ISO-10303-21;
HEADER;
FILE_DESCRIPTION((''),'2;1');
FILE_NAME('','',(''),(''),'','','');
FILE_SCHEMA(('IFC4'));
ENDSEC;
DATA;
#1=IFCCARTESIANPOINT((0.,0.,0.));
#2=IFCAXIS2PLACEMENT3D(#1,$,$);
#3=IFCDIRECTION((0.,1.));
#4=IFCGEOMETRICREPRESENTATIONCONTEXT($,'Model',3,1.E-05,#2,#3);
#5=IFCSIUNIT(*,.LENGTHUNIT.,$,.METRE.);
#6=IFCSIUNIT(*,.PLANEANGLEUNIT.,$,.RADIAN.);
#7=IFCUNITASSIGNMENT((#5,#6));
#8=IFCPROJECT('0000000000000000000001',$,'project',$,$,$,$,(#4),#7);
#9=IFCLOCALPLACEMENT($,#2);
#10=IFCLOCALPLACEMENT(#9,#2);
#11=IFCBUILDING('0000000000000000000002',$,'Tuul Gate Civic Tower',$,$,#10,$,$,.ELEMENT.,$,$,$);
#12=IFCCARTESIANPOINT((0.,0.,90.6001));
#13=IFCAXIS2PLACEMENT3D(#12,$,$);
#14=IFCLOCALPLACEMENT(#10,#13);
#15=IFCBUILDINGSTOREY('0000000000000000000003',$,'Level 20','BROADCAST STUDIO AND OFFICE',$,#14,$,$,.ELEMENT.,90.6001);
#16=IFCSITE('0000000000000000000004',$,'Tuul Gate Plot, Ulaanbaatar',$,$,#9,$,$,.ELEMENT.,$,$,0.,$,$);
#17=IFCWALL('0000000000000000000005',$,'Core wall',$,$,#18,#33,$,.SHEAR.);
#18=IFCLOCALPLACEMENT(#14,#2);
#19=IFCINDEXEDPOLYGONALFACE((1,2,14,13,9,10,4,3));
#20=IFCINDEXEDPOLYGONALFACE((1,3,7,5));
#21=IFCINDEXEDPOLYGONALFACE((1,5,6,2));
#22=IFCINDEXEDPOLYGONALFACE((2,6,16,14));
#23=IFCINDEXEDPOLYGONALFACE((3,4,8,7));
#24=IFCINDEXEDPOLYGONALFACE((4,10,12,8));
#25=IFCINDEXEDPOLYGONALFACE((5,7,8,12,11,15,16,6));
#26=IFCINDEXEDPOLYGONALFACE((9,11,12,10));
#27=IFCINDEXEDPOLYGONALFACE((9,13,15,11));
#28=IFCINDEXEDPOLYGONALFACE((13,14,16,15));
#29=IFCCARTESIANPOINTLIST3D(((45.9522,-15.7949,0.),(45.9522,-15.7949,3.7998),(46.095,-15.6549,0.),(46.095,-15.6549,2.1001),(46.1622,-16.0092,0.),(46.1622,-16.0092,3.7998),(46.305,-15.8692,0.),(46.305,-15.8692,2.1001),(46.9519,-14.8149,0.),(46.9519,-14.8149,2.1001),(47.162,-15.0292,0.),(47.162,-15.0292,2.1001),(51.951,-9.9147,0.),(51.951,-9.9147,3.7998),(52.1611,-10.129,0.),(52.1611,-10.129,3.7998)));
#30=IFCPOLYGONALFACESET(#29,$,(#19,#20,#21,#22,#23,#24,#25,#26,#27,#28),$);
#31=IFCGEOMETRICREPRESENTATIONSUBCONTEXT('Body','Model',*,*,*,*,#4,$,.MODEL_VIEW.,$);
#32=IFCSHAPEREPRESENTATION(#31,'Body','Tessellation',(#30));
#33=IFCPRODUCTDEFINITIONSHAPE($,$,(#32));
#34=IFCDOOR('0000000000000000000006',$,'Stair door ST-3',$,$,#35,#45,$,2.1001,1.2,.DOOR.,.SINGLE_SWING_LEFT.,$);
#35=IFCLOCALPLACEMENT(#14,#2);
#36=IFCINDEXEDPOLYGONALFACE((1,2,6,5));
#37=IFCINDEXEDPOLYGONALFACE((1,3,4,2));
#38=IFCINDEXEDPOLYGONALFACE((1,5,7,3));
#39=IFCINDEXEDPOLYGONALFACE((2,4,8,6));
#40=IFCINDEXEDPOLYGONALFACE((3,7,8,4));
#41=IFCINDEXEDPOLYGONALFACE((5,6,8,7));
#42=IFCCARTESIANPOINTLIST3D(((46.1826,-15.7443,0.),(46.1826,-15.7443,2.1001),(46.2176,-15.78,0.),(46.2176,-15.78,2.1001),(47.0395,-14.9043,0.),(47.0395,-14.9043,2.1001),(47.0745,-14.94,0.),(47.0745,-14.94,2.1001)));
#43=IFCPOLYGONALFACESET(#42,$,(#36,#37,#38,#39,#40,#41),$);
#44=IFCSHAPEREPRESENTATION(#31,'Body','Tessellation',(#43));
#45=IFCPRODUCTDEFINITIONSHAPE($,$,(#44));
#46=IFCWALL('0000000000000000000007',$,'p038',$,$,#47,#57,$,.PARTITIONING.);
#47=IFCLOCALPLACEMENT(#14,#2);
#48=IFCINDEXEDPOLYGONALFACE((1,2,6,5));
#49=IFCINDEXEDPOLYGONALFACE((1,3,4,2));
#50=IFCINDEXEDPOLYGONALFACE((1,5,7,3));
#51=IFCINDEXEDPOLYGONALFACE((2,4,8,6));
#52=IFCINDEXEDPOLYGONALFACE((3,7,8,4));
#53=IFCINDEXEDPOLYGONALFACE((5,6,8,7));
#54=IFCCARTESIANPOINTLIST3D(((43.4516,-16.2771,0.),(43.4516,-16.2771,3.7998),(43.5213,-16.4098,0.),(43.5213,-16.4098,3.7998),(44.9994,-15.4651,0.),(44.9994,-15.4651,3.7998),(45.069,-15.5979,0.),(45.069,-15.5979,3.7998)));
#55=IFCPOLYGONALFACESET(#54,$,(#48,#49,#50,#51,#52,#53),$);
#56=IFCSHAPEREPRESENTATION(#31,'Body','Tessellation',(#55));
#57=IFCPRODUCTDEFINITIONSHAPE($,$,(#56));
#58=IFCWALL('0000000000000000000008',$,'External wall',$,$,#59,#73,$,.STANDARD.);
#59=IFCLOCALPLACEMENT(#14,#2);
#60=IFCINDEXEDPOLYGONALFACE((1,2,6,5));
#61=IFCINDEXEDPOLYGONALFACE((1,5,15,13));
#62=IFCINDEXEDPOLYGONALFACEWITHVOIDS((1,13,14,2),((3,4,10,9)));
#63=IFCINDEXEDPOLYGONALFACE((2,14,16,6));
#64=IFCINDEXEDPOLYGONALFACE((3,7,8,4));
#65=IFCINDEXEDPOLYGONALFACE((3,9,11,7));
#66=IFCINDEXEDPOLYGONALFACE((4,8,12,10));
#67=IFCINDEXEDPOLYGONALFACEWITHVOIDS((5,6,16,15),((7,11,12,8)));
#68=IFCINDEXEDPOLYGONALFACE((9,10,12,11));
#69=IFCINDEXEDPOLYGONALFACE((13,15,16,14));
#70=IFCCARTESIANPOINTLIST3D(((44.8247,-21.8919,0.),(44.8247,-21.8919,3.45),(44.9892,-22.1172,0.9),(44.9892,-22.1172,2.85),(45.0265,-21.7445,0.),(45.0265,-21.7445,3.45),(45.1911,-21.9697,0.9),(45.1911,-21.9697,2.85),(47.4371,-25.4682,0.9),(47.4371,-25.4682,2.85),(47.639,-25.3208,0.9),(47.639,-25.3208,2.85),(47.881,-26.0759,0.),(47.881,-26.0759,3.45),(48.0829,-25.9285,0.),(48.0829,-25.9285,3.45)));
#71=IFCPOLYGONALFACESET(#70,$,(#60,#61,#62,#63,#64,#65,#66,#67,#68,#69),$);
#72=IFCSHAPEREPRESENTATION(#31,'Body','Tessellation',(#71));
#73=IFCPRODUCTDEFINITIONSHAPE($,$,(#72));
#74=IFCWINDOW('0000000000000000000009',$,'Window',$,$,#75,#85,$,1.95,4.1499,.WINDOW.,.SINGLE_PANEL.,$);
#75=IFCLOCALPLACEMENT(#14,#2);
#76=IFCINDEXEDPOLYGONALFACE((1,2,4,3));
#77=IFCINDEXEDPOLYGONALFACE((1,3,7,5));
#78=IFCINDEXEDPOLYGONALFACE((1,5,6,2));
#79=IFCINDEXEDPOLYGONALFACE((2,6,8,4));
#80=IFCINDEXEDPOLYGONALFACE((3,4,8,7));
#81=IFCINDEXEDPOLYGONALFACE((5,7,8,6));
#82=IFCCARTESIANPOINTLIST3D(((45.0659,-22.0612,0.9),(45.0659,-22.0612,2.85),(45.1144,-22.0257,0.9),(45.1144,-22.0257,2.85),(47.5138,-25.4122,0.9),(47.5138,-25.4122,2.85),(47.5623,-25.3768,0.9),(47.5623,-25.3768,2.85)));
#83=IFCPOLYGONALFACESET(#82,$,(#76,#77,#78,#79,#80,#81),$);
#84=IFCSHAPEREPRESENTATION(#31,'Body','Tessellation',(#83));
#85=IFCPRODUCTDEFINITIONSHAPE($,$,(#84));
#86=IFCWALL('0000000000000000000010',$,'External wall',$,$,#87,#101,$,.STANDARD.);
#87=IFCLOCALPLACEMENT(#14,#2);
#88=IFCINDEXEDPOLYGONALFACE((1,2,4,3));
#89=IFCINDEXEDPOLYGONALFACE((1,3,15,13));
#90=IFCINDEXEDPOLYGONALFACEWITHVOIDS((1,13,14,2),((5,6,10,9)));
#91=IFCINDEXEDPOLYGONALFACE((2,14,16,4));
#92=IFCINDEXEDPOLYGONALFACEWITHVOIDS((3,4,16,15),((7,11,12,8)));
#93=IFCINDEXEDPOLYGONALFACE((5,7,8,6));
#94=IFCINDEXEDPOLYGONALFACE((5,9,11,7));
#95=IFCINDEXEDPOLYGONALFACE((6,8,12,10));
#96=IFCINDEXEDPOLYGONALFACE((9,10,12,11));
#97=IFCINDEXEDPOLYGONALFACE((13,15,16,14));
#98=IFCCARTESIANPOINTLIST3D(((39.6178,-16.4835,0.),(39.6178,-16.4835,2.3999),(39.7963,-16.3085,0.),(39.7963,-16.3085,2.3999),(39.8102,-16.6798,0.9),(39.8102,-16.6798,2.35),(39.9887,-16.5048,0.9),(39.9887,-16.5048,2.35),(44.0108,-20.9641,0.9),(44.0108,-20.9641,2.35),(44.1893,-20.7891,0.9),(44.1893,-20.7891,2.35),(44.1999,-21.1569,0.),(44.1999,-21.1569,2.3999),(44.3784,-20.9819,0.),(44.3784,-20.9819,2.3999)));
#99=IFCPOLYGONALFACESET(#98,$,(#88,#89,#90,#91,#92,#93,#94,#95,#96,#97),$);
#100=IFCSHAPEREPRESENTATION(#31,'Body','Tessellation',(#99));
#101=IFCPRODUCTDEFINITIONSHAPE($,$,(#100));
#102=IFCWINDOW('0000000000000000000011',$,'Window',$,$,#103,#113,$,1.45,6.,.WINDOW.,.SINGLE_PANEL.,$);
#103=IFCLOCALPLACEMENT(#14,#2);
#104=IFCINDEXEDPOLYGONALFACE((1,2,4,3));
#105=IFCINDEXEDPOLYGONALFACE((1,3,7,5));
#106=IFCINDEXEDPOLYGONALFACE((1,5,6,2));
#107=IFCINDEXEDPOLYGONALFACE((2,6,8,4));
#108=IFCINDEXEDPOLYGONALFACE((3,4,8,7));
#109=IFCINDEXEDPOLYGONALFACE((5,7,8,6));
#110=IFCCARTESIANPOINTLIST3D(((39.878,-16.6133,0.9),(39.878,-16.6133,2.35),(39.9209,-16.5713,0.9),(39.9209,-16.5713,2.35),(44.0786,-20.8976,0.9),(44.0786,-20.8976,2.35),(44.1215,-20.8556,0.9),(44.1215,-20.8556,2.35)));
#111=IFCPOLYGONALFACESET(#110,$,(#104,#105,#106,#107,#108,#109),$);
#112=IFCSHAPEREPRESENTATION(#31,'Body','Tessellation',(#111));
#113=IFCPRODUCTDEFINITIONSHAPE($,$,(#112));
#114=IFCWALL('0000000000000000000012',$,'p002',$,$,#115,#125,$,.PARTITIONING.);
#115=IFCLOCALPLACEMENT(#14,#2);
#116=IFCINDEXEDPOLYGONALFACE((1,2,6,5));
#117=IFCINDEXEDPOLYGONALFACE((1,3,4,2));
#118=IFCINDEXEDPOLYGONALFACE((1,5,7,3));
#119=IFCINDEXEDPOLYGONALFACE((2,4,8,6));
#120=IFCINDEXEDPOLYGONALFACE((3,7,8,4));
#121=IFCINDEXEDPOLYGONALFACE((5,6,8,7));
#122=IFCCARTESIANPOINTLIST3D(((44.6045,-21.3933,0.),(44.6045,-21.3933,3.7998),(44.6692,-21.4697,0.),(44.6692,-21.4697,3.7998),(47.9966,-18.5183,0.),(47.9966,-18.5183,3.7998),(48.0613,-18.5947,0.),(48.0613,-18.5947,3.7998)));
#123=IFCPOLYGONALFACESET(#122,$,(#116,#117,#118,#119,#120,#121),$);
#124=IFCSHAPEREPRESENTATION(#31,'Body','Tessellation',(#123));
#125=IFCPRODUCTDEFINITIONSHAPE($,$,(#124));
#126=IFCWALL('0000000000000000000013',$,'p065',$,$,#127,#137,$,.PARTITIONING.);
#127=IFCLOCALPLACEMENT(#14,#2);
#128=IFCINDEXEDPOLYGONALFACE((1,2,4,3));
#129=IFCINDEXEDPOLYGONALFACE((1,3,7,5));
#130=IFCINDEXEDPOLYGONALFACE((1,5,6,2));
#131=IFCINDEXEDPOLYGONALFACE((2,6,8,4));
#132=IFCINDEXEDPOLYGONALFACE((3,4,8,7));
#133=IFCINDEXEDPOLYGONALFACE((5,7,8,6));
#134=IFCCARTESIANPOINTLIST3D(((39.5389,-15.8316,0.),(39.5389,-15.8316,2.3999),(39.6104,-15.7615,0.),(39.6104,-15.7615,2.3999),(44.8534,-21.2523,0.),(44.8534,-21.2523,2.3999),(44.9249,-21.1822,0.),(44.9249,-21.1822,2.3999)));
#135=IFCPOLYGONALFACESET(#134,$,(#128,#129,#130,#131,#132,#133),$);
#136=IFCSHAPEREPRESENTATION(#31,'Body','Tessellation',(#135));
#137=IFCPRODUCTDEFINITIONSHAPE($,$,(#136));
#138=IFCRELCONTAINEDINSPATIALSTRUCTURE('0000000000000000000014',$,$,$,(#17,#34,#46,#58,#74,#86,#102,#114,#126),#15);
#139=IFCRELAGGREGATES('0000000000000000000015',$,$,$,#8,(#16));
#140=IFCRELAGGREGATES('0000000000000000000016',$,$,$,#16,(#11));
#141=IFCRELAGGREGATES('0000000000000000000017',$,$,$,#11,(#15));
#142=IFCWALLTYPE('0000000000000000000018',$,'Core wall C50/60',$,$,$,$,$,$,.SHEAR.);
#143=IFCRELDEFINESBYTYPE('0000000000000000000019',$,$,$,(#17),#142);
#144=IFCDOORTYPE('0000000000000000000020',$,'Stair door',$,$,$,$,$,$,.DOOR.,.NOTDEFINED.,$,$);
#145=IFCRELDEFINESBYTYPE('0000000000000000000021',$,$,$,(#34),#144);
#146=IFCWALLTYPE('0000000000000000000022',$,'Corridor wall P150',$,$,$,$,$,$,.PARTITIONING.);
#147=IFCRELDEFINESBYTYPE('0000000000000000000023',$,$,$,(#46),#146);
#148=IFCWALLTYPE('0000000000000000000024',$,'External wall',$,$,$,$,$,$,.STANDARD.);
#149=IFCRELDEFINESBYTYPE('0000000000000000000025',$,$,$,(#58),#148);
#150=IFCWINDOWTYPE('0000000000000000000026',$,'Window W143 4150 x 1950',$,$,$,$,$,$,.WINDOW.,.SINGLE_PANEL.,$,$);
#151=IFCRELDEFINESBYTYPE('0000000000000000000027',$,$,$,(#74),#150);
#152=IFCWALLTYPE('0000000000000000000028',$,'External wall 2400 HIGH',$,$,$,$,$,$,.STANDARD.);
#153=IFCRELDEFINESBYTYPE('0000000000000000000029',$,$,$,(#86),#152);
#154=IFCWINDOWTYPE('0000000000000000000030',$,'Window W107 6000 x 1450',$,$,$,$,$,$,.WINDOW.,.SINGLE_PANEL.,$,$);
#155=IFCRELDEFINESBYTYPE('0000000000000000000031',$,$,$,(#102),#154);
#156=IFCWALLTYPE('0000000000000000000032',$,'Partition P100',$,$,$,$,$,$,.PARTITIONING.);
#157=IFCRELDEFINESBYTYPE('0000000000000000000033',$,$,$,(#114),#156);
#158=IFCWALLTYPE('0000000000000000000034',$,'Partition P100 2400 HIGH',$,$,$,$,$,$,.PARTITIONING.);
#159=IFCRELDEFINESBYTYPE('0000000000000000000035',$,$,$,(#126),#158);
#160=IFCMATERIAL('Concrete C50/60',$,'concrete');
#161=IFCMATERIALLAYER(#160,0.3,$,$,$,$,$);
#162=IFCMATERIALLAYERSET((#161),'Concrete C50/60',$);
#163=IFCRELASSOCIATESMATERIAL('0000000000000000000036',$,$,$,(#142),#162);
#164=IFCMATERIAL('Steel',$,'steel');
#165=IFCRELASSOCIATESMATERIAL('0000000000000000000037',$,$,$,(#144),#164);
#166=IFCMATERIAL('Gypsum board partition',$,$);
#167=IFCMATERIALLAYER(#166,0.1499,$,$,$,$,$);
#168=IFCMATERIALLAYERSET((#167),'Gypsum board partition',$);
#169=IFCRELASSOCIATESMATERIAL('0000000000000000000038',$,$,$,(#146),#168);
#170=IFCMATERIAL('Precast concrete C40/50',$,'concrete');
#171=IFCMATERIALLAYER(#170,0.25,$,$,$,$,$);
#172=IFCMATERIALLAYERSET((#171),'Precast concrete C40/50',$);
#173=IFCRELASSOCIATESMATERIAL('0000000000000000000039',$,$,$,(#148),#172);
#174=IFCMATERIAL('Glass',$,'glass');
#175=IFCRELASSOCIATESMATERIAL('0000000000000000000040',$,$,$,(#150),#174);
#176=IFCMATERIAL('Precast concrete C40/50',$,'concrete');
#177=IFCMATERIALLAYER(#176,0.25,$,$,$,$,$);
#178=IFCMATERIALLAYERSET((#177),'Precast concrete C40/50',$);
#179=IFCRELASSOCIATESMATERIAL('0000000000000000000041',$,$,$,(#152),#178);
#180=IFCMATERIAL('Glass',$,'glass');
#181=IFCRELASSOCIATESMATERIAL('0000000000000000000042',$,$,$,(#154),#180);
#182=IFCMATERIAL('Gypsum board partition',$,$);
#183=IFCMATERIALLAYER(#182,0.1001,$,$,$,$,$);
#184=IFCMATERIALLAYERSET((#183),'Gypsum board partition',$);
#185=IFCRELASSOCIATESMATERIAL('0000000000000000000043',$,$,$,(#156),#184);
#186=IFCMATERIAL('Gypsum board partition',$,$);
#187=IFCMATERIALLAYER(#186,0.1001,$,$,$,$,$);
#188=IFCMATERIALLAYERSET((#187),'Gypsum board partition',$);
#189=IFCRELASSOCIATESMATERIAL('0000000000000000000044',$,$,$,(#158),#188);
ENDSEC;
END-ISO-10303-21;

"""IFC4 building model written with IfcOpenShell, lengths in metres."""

from ifc_helpers import new_model, si_unit, direction, frame, frame_2d, origin, place, context, subcontext, project, spatial, rectangle, extrude, material, layer, layer_set, type_object, element, fill, save


model = new_model("IFC4")

# Units and contexts
model_context = context("Model", 3, precision=1e-05, world=origin(), true_north=direction((0.0, 1.0)))
body_context = subcontext(model_context, "Body", "Model", "MODEL_VIEW")
ifc_project = project(units=[si_unit("LENGTHUNIT", "METRE"), si_unit("PLANEANGLEUNIT", "RADIAN")], contexts=[model_context])

# Site, building, storey
site_placement = place(None, origin())
site = spatial("IfcSite", under=ifc_project, at=site_placement, Name="Tuul Gate Plot, Ulaanbaatar", CompositionType="ELEMENT", RefElevation=0.0)
building_placement = place(site_placement, origin())
building = spatial("IfcBuilding", under=site, at=building_placement, Name="Tuul Gate Civic Tower", CompositionType="ELEMENT")
storey_placement = place(building_placement, frame((0.0, 0.0, 90.6001)))
storey = spatial("IfcBuildingStorey", under=building, at=storey_placement, Name="Level 20", Description="BROADCAST STUDIO AND OFFICE", CompositionType="ELEMENT", Elevation=90.6001)

# Shared definitions
ifc_material_1 = material(Name="Concrete C50/60", Category="concrete")
ifc_layer_1 = layer(ifc_material_1, 0.3)
ifc_layer_set_1 = layer_set([ifc_layer_1], Name="Concrete C50/60")
wall_type_1 = type_object("IfcWallType", Name="Core wall C50/60", PredefinedType="SHEAR", material=ifc_layer_set_1)

# Wall, opening, door
wall_1_placement = place(storey_placement, frame((46.0571, -15.9021, 0.0), z_axis=(0.0, 0.0, 1.0), x_axis=(0.714134, 0.700009, 0.0)))
wall_1 = element("IfcWall", 1, at=wall_1_placement, inside=storey, type_object=wall_type_1, Name="Core wall", PredefinedType="SHEAR", context=body_context, shape_type="SweptSolid", body=[
    extrude(rectangle(XDim=8.4001, YDim=0.3, at=frame_2d((4.2002, 0.0))), origin(), (0.0, 0.0, 1.0), 3.7998),
])
opening_1_placement = place(wall_1_placement, frame((0.2, 0.0, 0.0)))
opening_1 = element("IfcOpeningElement", 2, at=opening_1_placement, cuts=wall_1, PredefinedType="OPENING", context=body_context, shape_type="SweptSolid", body=[
    extrude(rectangle(XDim=1.2, YDim=2.1001, at=frame_2d((0.6001, 1.05))), frame((0.0, 0.1602, 0.0), z_axis=(0.0, -1.0, 0.0), x_axis=(1.0, 0.0, 0.0)), (0.0, 0.0, 1.0), 0.3201),
])
ifc_material_2 = material(Name="Steel", Category="steel")
door_type_1 = type_object("IfcDoorType", Name="Stair door", OperationType="NOTDEFINED", PredefinedType="DOOR", material=ifc_material_2)
door_1_placement = place(opening_1_placement, origin())
door_1 = element("IfcDoor", 3, at=door_1_placement, inside=storey, type_object=door_type_1, Name="Stair door ST-3", OperationType="SINGLE_SWING_LEFT", OverallHeight=2.1001, OverallWidth=1.2, PredefinedType="DOOR", context=body_context, shape_type="SweptSolid", body=[
    extrude(rectangle(XDim=1.2, YDim=2.1001, at=frame_2d((0.6001, 1.05))), frame((0.0, 0.0249, 0.0), z_axis=(0.0, -1.0, 0.0), x_axis=(1.0, 0.0, 0.0)), (0.0, 0.0, 1.0), 0.05),
])
fill(opening_1, door_1)

# Wall
ifc_material_3 = material(Name="Gypsum board partition")
ifc_layer_2 = layer(ifc_material_3, 0.1499)
ifc_layer_set_2 = layer_set([ifc_layer_2], Name="Gypsum board partition")
wall_type_2 = type_object("IfcWallType", Name="Corridor wall P150", PredefinedType="PARTITIONING", material=ifc_layer_set_2)
wall_2_placement = place(storey_placement, frame((43.4863, -16.3435, 0.0), z_axis=(0.0, 0.0, 1.0), x_axis=(0.885542, 0.46456, 0.0)))
element("IfcWall", 4, at=wall_2_placement, inside=storey, type_object=wall_type_2, Name="p038", PredefinedType="PARTITIONING", context=body_context, shape_type="SweptSolid", body=[
    extrude(rectangle(XDim=1.7478, YDim=0.1499, at=frame_2d((0.874, 0.0))), origin(), (0.0, 0.0, 1.0), 3.7998),
])

# Walls, openings, windows
ifc_material_4 = material(Name="Precast concrete C40/50", Category="concrete")
ifc_layer_3 = layer(ifc_material_4, 0.25)
ifc_layer_set_3 = layer_set([ifc_layer_3], Name="Precast concrete C40/50")
wall_type_3 = type_object("IfcWallType", Name="External wall", PredefinedType="STANDARD", material=ifc_layer_set_3)
wall_3_placement = place(storey_placement, frame((44.9255, -21.8181, 0.0), z_axis=(0.0, 0.0, 1.0), x_axis=(0.589865, -0.807502, 0.0)))
wall_3 = element("IfcWall", 5, at=wall_3_placement, inside=storey, type_object=wall_type_3, Name="External wall", PredefinedType="STANDARD", context=body_context, shape_type="SweptSolid", body=[
    extrude(rectangle(XDim=5.1814, YDim=0.25, at=frame_2d((2.5908, 0.0))), origin(), (0.0, 0.0, 1.0), 3.45),
])
opening_2_placement = place(wall_3_placement, frame((0.2791, 0.0, 0.8999)))
opening_2 = element("IfcOpeningElement", 6, at=opening_2_placement, cuts=wall_3, PredefinedType="OPENING", context=body_context, shape_type="SweptSolid", body=[
    extrude(rectangle(XDim=4.1499, YDim=1.95, at=frame_2d((2.075, 0.9751))), frame((0.0, 0.135, 0.0), z_axis=(0.0, -1.0, 0.0), x_axis=(1.0, 0.0, 0.0)), (0.0, 0.0, 1.0), 0.27),
])
ifc_material_5 = material(Name="Glass", Category="glass")
window_type_1 = type_object("IfcWindowType", Name="Window W143 4150 x 1950", PartitioningType="SINGLE_PANEL", PredefinedType="WINDOW", material=ifc_material_5)
window_1_placement = place(opening_2_placement, origin())
window_1 = element("IfcWindow", 7, at=window_1_placement, inside=storey, type_object=window_type_1, Name="Window", OverallHeight=1.95, OverallWidth=4.1499, PartitioningType="SINGLE_PANEL", PredefinedType="WINDOW", context=body_context, shape_type="SweptSolid", body=[
    extrude(rectangle(XDim=4.1499, YDim=1.95, at=frame_2d((2.075, 0.9751))), frame((0.0, 0.03, 0.0), z_axis=(0.0, -1.0, 0.0), x_axis=(1.0, 0.0, 0.0)), (0.0, 0.0, 1.0), 0.0601),
])
fill(opening_2, window_1)
ifc_material_6 = material(Name="Precast concrete C40/50", Category="concrete")
ifc_layer_4 = layer(ifc_material_6, 0.25)
ifc_layer_set_4 = layer_set([ifc_layer_4], Name="Precast concrete C40/50")
wall_type_4 = type_object("IfcWallType", Name="External wall 2400 HIGH", PredefinedType="STANDARD", material=ifc_layer_set_4)
wall_4_placement = place(storey_placement, frame((39.707, -16.396, 0.0), z_axis=(0.0, 0.0, 1.0), x_axis=(0.700097, -0.714048, 0.0)))
wall_4 = element("IfcWall", 8, at=wall_4_placement, inside=storey, type_object=wall_type_4, Name="External wall", PredefinedType="STANDARD", context=body_context, shape_type="SweptSolid", body=[
    extrude(rectangle(XDim=6.5449, YDim=0.25, at=frame_2d((3.2725, 0.0))), origin(), (0.0, 0.0, 1.0), 2.3999),
])
opening_3_placement = place(wall_4_placement, frame((0.2749, 0.0, 0.8999)))
opening_3 = element("IfcOpeningElement", 9, at=opening_3_placement, cuts=wall_4, PredefinedType="OPENING", context=body_context, shape_type="SweptSolid", body=[
    extrude(rectangle(XDim=6.0, YDim=1.45, at=frame_2d((3.0, 0.7251))), frame((0.0, 0.135, 0.0), z_axis=(0.0, -1.0, 0.0), x_axis=(1.0, 0.0, 0.0)), (0.0, 0.0, 1.0), 0.27),
])
ifc_material_7 = material(Name="Glass", Category="glass")
window_type_2 = type_object("IfcWindowType", Name="Window W107 6000 x 1450", PartitioningType="SINGLE_PANEL", PredefinedType="WINDOW", material=ifc_material_7)
window_2_placement = place(opening_3_placement, origin())
window_2 = element("IfcWindow", 10, at=window_2_placement, inside=storey, type_object=window_type_2, Name="Window", OverallHeight=1.45, OverallWidth=6.0, PartitioningType="SINGLE_PANEL", PredefinedType="WINDOW", context=body_context, shape_type="SweptSolid", body=[
    extrude(rectangle(XDim=6.0, YDim=1.45, at=frame_2d((3.0, 0.7251))), frame((0.0, 0.03, 0.0), z_axis=(0.0, -1.0, 0.0), x_axis=(1.0, 0.0, 0.0)), (0.0, 0.0, 1.0), 0.0601),
])
fill(opening_3, window_2)

# Walls
ifc_material_8 = material(Name="Gypsum board partition")
ifc_layer_5 = layer(ifc_material_8, 0.1001)
ifc_layer_set_5 = layer_set([ifc_layer_5], Name="Gypsum board partition")
wall_type_5 = type_object("IfcWallType", Name="Partition P100", PredefinedType="PARTITIONING", material=ifc_layer_set_5)
wall_5_placement = place(storey_placement, frame((44.637, -21.4314, 0.0), z_axis=(0.0, 0.0, 1.0), x_axis=(0.762857, 0.646567, 0.0)))
element("IfcWall", 11, at=wall_5_placement, inside=storey, type_object=wall_type_5, Name="p002", PredefinedType="PARTITIONING", context=body_context, shape_type="SweptSolid", body=[
    extrude(rectangle(XDim=4.4465, YDim=0.1001, at=frame_2d((2.2231, 0.0))), origin(), (0.0, 0.0, 1.0), 3.7998),
])
ifc_material_9 = material(Name="Gypsum board partition")
ifc_layer_6 = layer(ifc_material_9, 0.1001)
ifc_layer_set_6 = layer_set([ifc_layer_6], Name="Gypsum board partition")
wall_type_6 = type_object("IfcWallType", Name="Partition P100 2400 HIGH", PredefinedType="PARTITIONING", material=ifc_layer_set_6)
wall_6_placement = place(storey_placement, frame((44.8892, -21.2173, 0.0), z_axis=(0.0, 0.0, 1.0), x_axis=(-0.700077, 0.714067, 0.0)))
element("IfcWall", 12, at=wall_6_placement, inside=storey, type_object=wall_type_6, Name="p065", PredefinedType="PARTITIONING", context=body_context, shape_type="SweptSolid", body=[
    extrude(rectangle(XDim=7.5913, YDim=0.1001, at=frame_2d((3.7957, 0.0))), origin(), (0.0, 0.0, 1.0), 2.3999),
])

save(model, "model.ifc")
